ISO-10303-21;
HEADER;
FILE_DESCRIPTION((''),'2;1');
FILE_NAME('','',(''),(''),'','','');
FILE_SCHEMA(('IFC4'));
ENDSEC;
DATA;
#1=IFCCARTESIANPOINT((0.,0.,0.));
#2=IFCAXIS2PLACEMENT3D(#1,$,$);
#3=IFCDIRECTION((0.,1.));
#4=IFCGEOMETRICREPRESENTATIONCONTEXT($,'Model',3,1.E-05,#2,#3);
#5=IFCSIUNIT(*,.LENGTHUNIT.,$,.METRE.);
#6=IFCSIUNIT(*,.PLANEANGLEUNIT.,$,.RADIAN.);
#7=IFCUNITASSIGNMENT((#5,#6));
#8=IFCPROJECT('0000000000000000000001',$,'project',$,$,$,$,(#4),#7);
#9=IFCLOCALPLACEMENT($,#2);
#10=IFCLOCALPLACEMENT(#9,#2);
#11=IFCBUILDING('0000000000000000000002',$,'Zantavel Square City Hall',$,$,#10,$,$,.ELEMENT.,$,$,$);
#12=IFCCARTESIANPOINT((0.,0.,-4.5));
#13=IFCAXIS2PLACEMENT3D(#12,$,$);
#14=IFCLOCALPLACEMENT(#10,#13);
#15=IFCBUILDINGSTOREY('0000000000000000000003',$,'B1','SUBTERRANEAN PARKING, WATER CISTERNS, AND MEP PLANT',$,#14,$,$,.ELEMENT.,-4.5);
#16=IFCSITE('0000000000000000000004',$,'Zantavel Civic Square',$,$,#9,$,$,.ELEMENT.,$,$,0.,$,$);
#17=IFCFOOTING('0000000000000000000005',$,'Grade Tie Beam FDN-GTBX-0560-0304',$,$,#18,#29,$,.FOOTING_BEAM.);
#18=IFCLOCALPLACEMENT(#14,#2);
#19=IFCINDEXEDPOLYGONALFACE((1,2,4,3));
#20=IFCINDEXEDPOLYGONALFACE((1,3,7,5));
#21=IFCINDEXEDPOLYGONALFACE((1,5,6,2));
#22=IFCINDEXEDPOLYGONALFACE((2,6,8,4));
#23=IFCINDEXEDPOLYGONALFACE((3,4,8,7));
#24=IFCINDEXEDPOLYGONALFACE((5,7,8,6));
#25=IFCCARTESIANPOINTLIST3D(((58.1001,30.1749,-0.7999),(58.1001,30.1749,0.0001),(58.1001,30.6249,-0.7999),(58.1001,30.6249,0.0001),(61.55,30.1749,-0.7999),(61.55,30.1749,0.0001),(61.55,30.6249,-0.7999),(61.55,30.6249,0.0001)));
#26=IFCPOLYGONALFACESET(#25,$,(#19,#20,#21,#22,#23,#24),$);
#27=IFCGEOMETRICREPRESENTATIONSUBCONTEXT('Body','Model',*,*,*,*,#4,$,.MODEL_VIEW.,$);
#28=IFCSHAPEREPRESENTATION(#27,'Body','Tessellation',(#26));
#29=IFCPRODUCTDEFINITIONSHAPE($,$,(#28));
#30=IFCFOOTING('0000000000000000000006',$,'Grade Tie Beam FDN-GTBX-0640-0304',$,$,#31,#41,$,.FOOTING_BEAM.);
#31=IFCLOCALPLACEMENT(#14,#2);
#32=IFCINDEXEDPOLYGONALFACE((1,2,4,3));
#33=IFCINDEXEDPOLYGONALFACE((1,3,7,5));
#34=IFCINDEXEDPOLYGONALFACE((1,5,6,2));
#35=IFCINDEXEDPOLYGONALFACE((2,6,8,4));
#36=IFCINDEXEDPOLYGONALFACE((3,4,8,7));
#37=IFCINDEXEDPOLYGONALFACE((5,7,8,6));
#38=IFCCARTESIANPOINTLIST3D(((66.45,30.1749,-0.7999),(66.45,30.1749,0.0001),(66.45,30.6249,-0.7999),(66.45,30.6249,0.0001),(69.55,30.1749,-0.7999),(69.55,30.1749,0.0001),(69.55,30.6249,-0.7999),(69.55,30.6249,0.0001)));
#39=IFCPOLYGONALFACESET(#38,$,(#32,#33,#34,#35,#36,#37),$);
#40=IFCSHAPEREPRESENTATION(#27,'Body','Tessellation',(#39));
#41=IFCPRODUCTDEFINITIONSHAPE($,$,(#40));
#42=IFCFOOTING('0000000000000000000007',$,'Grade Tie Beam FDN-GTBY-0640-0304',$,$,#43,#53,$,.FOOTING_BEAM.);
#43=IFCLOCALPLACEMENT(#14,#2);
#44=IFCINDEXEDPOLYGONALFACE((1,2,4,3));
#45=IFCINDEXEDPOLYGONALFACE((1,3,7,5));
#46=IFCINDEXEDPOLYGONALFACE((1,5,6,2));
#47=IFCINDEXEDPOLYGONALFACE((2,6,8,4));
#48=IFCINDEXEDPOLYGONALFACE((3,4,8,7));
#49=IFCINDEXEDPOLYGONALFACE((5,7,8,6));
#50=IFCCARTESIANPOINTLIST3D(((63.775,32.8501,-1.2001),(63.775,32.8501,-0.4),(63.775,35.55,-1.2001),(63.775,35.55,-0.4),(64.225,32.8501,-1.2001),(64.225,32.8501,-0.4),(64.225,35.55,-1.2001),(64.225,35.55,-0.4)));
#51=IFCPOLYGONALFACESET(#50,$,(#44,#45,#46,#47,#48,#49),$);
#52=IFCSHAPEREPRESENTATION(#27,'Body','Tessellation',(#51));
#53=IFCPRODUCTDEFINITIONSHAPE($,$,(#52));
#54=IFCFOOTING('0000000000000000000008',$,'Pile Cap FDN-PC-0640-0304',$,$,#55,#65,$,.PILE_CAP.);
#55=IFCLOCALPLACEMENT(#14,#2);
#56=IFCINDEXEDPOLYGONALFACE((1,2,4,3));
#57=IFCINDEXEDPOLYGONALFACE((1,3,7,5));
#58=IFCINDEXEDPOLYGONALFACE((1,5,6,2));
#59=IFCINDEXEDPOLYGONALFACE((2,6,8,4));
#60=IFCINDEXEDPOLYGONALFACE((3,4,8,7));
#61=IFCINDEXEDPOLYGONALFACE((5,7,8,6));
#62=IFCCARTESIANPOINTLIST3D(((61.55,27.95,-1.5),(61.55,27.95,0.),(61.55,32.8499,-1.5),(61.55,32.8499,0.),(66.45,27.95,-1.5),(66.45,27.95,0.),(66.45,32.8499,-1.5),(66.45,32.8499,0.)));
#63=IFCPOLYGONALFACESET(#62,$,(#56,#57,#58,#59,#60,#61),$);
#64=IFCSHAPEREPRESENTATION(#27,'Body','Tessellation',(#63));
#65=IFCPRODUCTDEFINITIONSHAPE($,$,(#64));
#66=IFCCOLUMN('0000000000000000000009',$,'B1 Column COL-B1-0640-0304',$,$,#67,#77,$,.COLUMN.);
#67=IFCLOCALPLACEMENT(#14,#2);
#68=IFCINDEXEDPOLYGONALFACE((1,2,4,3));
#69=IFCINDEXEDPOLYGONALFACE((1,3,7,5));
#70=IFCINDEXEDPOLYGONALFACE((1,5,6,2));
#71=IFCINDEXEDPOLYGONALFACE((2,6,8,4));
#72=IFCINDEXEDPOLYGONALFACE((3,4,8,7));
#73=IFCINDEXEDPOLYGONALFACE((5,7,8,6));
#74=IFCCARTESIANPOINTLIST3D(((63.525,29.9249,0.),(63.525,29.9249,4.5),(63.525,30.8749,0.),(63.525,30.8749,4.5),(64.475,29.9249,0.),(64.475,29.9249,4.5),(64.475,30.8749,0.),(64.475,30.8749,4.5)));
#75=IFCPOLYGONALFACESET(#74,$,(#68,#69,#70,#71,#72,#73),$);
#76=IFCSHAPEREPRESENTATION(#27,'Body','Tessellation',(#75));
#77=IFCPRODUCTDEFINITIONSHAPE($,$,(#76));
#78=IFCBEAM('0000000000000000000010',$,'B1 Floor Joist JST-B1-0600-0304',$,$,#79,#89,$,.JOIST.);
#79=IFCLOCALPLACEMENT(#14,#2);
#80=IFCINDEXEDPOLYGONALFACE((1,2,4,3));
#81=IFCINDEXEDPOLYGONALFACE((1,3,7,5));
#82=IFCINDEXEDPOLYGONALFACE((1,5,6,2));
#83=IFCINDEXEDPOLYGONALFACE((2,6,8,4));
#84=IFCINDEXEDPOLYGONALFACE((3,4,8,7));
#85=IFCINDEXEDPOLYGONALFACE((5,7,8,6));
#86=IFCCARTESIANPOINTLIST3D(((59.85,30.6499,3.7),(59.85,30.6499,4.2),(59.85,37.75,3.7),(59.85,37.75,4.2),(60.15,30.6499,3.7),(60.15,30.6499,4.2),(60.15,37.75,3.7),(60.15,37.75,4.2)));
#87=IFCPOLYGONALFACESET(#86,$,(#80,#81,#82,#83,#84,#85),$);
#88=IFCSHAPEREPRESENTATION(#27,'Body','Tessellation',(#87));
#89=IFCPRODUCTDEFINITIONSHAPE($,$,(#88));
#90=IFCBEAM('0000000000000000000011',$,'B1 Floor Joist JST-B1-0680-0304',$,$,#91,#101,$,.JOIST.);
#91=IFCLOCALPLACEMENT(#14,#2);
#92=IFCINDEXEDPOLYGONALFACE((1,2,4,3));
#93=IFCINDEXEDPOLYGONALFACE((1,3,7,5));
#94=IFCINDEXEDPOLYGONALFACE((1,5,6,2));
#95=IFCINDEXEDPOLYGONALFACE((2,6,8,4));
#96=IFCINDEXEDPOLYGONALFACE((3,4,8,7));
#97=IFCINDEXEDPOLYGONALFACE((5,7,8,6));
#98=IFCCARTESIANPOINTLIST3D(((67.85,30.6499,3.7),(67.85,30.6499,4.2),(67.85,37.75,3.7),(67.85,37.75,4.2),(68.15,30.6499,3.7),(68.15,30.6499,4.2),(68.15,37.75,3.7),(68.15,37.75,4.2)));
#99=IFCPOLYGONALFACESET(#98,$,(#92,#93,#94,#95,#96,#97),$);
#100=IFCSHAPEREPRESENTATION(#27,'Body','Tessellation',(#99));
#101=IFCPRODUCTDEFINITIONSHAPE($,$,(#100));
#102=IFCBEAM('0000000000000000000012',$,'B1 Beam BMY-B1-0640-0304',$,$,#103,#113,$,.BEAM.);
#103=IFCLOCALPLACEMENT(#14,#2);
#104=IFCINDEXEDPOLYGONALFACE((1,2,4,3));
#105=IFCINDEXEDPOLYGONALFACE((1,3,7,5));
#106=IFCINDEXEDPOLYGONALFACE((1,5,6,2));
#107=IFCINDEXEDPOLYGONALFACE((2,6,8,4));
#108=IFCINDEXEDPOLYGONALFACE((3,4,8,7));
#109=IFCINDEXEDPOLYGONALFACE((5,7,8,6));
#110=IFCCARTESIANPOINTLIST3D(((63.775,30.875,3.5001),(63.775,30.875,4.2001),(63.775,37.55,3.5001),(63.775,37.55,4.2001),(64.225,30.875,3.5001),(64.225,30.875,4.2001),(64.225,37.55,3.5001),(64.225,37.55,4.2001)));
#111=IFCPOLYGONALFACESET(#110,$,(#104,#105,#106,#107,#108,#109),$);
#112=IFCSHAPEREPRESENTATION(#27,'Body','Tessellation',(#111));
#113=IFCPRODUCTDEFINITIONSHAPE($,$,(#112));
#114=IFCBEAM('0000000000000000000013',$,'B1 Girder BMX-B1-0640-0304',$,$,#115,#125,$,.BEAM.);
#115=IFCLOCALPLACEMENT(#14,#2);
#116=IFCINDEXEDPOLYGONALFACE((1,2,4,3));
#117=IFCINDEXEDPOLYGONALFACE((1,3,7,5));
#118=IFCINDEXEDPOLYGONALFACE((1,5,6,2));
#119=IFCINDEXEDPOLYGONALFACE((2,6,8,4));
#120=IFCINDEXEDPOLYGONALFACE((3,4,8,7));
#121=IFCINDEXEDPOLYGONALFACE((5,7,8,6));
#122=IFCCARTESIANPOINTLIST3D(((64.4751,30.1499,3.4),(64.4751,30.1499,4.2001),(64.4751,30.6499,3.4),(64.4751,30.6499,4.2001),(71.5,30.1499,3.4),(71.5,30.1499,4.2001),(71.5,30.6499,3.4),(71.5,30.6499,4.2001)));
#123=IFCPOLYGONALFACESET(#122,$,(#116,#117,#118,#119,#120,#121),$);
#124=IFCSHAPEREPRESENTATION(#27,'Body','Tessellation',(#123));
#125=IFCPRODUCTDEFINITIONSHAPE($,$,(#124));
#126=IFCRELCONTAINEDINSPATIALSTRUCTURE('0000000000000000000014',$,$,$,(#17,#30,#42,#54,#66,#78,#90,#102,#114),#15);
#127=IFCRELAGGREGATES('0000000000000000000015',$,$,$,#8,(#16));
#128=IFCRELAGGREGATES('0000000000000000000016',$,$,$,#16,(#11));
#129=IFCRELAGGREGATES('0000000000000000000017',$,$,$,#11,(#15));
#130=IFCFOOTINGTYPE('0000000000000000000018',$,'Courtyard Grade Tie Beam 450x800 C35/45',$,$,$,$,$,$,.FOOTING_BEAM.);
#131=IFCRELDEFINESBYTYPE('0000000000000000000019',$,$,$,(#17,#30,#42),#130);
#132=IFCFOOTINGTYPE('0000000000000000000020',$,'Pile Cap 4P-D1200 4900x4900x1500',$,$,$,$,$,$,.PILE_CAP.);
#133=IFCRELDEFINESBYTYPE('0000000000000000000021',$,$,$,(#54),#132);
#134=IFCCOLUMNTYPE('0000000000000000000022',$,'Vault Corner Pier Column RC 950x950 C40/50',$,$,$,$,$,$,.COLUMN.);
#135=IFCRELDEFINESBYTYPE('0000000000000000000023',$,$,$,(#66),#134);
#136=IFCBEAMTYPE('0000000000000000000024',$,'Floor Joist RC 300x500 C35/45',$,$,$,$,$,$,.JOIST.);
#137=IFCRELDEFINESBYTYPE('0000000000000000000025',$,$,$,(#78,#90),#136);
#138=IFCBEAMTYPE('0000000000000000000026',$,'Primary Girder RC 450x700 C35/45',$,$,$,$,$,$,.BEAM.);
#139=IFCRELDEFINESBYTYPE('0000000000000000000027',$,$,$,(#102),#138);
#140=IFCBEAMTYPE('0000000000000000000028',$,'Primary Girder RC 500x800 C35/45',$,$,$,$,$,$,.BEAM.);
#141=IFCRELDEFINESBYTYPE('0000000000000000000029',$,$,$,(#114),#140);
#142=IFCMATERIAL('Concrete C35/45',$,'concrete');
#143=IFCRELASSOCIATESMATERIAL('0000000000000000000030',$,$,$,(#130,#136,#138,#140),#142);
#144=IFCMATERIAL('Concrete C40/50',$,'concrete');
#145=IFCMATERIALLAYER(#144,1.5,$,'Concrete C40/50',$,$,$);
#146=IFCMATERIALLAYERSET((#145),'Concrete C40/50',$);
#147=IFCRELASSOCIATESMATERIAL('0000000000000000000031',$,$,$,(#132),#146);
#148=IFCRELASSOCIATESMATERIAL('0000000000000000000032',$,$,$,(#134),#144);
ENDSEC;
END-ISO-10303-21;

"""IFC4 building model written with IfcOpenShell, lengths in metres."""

from ifc_helpers import new_model, si_unit, direction, frame, origin, origin_2d, place, context, subcontext, project, spatial, rectangle, extrude, material, layer, layer_set, material_profile, profile_set, type_object, element, save


model = new_model("IFC4")

# Units and contexts
model_context = context("Model", 3, precision=1e-05, world=origin(), true_north=direction((0.0, 1.0)))
body_context = subcontext(model_context, "Body", "Model", "MODEL_VIEW")
ifc_project = project(units=[si_unit("LENGTHUNIT", "METRE"), si_unit("PLANEANGLEUNIT", "RADIAN")], contexts=[model_context])

# Site, building, storey
site_placement = place(None, origin())
site = spatial("IfcSite", under=ifc_project, at=site_placement, Name="Zantavel Civic Square", CompositionType="ELEMENT", RefElevation=0.0)
building_placement = place(site_placement, origin())
building = spatial("IfcBuilding", under=site, at=building_placement, Name="Zantavel Square City Hall", CompositionType="ELEMENT")
storey_placement = place(building_placement, frame((0.0, 0.0, -4.5)))
storey = spatial("IfcBuildingStorey", under=building, at=storey_placement, Name="B1", Description="SUBTERRANEAN PARKING, WATER CISTERNS, AND MEP PLANT", CompositionType="ELEMENT", Elevation=-4.5)

# Shared definitions
ifc_material_1 = material(Name="Concrete C35/45", Category="concrete")

# Footings
ifc_material_profile_1 = material_profile(ifc_material_1, rectangle(XDim=0.45, YDim=0.8, at=origin_2d()), Name="RC 450x800")
ifc_profile_set_1 = profile_set([ifc_material_profile_1], Name="Concrete C35/45")
footing_type_1 = type_object("IfcFootingType", Name="Courtyard Grade Tie Beam 450x800 C35/45", PredefinedType="FOOTING_BEAM", material=ifc_profile_set_1)
footing_1_placement = place(storey_placement, frame((58.1001, 30.3999, -0.3999), z_axis=(1.0, 0.0, 0.0), x_axis=(0.0, 1.0, 0.0)))
element("IfcFooting", 1, at=footing_1_placement, inside=storey, type_object=footing_type_1, Name="Grade Tie Beam FDN-GTBX-0560-0304", PredefinedType="FOOTING_BEAM", context=body_context, shape_type="SweptSolid", body=[
    extrude(rectangle(XDim=0.45, YDim=0.8, at=origin_2d()), origin(), (0.0, 0.0, 1.0), 3.45),
])
footing_2_placement = place(storey_placement, frame((66.45, 30.3999, -0.3999), z_axis=(1.0, 0.0, 0.0), x_axis=(0.0, 1.0, 0.0)))
element("IfcFooting", 2, at=footing_2_placement, inside=storey, type_object=footing_type_1, Name="Grade Tie Beam FDN-GTBX-0640-0304", PredefinedType="FOOTING_BEAM", context=body_context, shape_type="SweptSolid", body=[
    extrude(rectangle(XDim=0.45, YDim=0.8, at=origin_2d()), origin(), (0.0, 0.0, 1.0), 3.1001),
])
footing_3_placement = place(storey_placement, frame((64.0, 32.8501, -0.8), z_axis=(0.0, 1.0, 0.0), x_axis=(-1.0, 0.0, 0.0)))
element("IfcFooting", 3, at=footing_3_placement, inside=storey, type_object=footing_type_1, Name="Grade Tie Beam FDN-GTBY-0640-0304", PredefinedType="FOOTING_BEAM", context=body_context, shape_type="SweptSolid", body=[
    extrude(rectangle(XDim=0.45, YDim=0.8, at=origin_2d()), origin(), (0.0, 0.0, 1.0), 2.7),
])
ifc_material_2 = material(Name="Concrete C40/50", Category="concrete")
ifc_layer = layer(ifc_material_2, 1.5, Name="Concrete C40/50")
ifc_layer_set = layer_set([ifc_layer], Name="Concrete C40/50")
footing_type_2 = type_object("IfcFootingType", Name="Pile Cap 4P-D1200 4900x4900x1500", PredefinedType="PILE_CAP", material=ifc_layer_set)
footing_4_placement = place(storey_placement, frame((64.0, 30.3999, -1.5), z_axis=(0.0, 0.0, 1.0), x_axis=(1.0, 0.0, 0.0)))
element("IfcFooting", 4, at=footing_4_placement, inside=storey, type_object=footing_type_2, Name="Pile Cap FDN-PC-0640-0304", PredefinedType="PILE_CAP", context=body_context, shape_type="SweptSolid", body=[
    extrude(rectangle(XDim=4.8999, YDim=4.8999, at=origin_2d()), origin(), (0.0, 0.0, 1.0), 1.5),
])

# Column
ifc_material_profile_2 = material_profile(ifc_material_2, rectangle(XDim=0.95, YDim=0.95, at=origin_2d()), Name="RC 950x950")
ifc_profile_set_2 = profile_set([ifc_material_profile_2], Name="Concrete C40/50")
column_type = type_object("IfcColumnType", Name="Vault Corner Pier Column RC 950x950 C40/50", PredefinedType="COLUMN", material=ifc_profile_set_2)
column_placement = place(storey_placement, frame((64.0, 30.3999, 0.0), z_axis=(0.0, 0.0, 1.0), x_axis=(1.0, 0.0, 0.0)))
element("IfcColumn", 5, at=column_placement, inside=storey, type_object=column_type, Name="B1 Column COL-B1-0640-0304", PredefinedType="COLUMN", context=body_context, shape_type="SweptSolid", body=[
    extrude(rectangle(XDim=0.95, YDim=0.95, at=origin_2d()), origin(), (0.0, 0.0, 1.0), 4.5),
])

# Beams
ifc_material_profile_3 = material_profile(ifc_material_1, rectangle(XDim=0.3, YDim=0.5, at=origin_2d()), Name="RC 300x500")
ifc_profile_set_3 = profile_set([ifc_material_profile_3], Name="Concrete C35/45")
beam_type_1 = type_object("IfcBeamType", Name="Floor Joist RC 300x500 C35/45", PredefinedType="JOIST", material=ifc_profile_set_3)
for number, where, z_axis, x_axis, name in (
    (6, (60.0, 30.6499, 3.95), (0.0, 1.0, 0.0), (-1.0, 0.0, 0.0), "B1 Floor Joist JST-B1-0600-0304"),
    (7, (68.0, 30.6499, 3.95), (0.0, 1.0, 0.0), (-1.0, 0.0, 0.0), "B1 Floor Joist JST-B1-0680-0304"),
):
    element("IfcBeam", number, at=place(storey_placement, frame(where, z_axis=z_axis, x_axis=x_axis)), inside=storey, type_object=beam_type_1, Name=name, PredefinedType="JOIST", context=body_context, shape_type="SweptSolid", body=[
        extrude(rectangle(XDim=0.3, YDim=0.5, at=origin_2d()), origin(), (0.0, 0.0, 1.0), 7.1001),
    ])
ifc_material_profile_4 = material_profile(ifc_material_1, rectangle(XDim=0.45, YDim=0.7, at=origin_2d()), Name="RC 450x700")
ifc_profile_set_4 = profile_set([ifc_material_profile_4], Name="Concrete C35/45")
beam_type_2 = type_object("IfcBeamType", Name="Primary Girder RC 450x700 C35/45", PredefinedType="BEAM", material=ifc_profile_set_4)
beam_1_placement = place(storey_placement, frame((64.0, 30.875, 3.8501), z_axis=(0.0, 1.0, 0.0), x_axis=(-1.0, 0.0, 0.0)))
element("IfcBeam", 8, at=beam_1_placement, inside=storey, type_object=beam_type_2, Name="B1 Beam BMY-B1-0640-0304", PredefinedType="BEAM", context=body_context, shape_type="SweptSolid", body=[
    extrude(rectangle(XDim=0.45, YDim=0.7, at=origin_2d()), origin(), (0.0, 0.0, 1.0), 6.675),
])
ifc_material_profile_5 = material_profile(ifc_material_1, rectangle(XDim=0.5, YDim=0.8, at=origin_2d()), Name="RC 500x800")
ifc_profile_set_5 = profile_set([ifc_material_profile_5], Name="Concrete C35/45")
beam_type_3 = type_object("IfcBeamType", Name="Primary Girder RC 500x800 C35/45", PredefinedType="BEAM", material=ifc_profile_set_5)
beam_2_placement = place(storey_placement, frame((64.4751, 30.3999, 3.8), z_axis=(1.0, 0.0, 0.0), x_axis=(0.0, 1.0, 0.0)))
element("IfcBeam", 9, at=beam_2_placement, inside=storey, type_object=beam_type_3, Name="B1 Girder BMX-B1-0640-0304", PredefinedType="BEAM", context=body_context, shape_type="SweptSolid", body=[
    extrude(rectangle(XDim=0.5, YDim=0.8, at=origin_2d()), origin(), (0.0, 0.0, 1.0), 7.0249),
])

save(model, "model.ifc")
